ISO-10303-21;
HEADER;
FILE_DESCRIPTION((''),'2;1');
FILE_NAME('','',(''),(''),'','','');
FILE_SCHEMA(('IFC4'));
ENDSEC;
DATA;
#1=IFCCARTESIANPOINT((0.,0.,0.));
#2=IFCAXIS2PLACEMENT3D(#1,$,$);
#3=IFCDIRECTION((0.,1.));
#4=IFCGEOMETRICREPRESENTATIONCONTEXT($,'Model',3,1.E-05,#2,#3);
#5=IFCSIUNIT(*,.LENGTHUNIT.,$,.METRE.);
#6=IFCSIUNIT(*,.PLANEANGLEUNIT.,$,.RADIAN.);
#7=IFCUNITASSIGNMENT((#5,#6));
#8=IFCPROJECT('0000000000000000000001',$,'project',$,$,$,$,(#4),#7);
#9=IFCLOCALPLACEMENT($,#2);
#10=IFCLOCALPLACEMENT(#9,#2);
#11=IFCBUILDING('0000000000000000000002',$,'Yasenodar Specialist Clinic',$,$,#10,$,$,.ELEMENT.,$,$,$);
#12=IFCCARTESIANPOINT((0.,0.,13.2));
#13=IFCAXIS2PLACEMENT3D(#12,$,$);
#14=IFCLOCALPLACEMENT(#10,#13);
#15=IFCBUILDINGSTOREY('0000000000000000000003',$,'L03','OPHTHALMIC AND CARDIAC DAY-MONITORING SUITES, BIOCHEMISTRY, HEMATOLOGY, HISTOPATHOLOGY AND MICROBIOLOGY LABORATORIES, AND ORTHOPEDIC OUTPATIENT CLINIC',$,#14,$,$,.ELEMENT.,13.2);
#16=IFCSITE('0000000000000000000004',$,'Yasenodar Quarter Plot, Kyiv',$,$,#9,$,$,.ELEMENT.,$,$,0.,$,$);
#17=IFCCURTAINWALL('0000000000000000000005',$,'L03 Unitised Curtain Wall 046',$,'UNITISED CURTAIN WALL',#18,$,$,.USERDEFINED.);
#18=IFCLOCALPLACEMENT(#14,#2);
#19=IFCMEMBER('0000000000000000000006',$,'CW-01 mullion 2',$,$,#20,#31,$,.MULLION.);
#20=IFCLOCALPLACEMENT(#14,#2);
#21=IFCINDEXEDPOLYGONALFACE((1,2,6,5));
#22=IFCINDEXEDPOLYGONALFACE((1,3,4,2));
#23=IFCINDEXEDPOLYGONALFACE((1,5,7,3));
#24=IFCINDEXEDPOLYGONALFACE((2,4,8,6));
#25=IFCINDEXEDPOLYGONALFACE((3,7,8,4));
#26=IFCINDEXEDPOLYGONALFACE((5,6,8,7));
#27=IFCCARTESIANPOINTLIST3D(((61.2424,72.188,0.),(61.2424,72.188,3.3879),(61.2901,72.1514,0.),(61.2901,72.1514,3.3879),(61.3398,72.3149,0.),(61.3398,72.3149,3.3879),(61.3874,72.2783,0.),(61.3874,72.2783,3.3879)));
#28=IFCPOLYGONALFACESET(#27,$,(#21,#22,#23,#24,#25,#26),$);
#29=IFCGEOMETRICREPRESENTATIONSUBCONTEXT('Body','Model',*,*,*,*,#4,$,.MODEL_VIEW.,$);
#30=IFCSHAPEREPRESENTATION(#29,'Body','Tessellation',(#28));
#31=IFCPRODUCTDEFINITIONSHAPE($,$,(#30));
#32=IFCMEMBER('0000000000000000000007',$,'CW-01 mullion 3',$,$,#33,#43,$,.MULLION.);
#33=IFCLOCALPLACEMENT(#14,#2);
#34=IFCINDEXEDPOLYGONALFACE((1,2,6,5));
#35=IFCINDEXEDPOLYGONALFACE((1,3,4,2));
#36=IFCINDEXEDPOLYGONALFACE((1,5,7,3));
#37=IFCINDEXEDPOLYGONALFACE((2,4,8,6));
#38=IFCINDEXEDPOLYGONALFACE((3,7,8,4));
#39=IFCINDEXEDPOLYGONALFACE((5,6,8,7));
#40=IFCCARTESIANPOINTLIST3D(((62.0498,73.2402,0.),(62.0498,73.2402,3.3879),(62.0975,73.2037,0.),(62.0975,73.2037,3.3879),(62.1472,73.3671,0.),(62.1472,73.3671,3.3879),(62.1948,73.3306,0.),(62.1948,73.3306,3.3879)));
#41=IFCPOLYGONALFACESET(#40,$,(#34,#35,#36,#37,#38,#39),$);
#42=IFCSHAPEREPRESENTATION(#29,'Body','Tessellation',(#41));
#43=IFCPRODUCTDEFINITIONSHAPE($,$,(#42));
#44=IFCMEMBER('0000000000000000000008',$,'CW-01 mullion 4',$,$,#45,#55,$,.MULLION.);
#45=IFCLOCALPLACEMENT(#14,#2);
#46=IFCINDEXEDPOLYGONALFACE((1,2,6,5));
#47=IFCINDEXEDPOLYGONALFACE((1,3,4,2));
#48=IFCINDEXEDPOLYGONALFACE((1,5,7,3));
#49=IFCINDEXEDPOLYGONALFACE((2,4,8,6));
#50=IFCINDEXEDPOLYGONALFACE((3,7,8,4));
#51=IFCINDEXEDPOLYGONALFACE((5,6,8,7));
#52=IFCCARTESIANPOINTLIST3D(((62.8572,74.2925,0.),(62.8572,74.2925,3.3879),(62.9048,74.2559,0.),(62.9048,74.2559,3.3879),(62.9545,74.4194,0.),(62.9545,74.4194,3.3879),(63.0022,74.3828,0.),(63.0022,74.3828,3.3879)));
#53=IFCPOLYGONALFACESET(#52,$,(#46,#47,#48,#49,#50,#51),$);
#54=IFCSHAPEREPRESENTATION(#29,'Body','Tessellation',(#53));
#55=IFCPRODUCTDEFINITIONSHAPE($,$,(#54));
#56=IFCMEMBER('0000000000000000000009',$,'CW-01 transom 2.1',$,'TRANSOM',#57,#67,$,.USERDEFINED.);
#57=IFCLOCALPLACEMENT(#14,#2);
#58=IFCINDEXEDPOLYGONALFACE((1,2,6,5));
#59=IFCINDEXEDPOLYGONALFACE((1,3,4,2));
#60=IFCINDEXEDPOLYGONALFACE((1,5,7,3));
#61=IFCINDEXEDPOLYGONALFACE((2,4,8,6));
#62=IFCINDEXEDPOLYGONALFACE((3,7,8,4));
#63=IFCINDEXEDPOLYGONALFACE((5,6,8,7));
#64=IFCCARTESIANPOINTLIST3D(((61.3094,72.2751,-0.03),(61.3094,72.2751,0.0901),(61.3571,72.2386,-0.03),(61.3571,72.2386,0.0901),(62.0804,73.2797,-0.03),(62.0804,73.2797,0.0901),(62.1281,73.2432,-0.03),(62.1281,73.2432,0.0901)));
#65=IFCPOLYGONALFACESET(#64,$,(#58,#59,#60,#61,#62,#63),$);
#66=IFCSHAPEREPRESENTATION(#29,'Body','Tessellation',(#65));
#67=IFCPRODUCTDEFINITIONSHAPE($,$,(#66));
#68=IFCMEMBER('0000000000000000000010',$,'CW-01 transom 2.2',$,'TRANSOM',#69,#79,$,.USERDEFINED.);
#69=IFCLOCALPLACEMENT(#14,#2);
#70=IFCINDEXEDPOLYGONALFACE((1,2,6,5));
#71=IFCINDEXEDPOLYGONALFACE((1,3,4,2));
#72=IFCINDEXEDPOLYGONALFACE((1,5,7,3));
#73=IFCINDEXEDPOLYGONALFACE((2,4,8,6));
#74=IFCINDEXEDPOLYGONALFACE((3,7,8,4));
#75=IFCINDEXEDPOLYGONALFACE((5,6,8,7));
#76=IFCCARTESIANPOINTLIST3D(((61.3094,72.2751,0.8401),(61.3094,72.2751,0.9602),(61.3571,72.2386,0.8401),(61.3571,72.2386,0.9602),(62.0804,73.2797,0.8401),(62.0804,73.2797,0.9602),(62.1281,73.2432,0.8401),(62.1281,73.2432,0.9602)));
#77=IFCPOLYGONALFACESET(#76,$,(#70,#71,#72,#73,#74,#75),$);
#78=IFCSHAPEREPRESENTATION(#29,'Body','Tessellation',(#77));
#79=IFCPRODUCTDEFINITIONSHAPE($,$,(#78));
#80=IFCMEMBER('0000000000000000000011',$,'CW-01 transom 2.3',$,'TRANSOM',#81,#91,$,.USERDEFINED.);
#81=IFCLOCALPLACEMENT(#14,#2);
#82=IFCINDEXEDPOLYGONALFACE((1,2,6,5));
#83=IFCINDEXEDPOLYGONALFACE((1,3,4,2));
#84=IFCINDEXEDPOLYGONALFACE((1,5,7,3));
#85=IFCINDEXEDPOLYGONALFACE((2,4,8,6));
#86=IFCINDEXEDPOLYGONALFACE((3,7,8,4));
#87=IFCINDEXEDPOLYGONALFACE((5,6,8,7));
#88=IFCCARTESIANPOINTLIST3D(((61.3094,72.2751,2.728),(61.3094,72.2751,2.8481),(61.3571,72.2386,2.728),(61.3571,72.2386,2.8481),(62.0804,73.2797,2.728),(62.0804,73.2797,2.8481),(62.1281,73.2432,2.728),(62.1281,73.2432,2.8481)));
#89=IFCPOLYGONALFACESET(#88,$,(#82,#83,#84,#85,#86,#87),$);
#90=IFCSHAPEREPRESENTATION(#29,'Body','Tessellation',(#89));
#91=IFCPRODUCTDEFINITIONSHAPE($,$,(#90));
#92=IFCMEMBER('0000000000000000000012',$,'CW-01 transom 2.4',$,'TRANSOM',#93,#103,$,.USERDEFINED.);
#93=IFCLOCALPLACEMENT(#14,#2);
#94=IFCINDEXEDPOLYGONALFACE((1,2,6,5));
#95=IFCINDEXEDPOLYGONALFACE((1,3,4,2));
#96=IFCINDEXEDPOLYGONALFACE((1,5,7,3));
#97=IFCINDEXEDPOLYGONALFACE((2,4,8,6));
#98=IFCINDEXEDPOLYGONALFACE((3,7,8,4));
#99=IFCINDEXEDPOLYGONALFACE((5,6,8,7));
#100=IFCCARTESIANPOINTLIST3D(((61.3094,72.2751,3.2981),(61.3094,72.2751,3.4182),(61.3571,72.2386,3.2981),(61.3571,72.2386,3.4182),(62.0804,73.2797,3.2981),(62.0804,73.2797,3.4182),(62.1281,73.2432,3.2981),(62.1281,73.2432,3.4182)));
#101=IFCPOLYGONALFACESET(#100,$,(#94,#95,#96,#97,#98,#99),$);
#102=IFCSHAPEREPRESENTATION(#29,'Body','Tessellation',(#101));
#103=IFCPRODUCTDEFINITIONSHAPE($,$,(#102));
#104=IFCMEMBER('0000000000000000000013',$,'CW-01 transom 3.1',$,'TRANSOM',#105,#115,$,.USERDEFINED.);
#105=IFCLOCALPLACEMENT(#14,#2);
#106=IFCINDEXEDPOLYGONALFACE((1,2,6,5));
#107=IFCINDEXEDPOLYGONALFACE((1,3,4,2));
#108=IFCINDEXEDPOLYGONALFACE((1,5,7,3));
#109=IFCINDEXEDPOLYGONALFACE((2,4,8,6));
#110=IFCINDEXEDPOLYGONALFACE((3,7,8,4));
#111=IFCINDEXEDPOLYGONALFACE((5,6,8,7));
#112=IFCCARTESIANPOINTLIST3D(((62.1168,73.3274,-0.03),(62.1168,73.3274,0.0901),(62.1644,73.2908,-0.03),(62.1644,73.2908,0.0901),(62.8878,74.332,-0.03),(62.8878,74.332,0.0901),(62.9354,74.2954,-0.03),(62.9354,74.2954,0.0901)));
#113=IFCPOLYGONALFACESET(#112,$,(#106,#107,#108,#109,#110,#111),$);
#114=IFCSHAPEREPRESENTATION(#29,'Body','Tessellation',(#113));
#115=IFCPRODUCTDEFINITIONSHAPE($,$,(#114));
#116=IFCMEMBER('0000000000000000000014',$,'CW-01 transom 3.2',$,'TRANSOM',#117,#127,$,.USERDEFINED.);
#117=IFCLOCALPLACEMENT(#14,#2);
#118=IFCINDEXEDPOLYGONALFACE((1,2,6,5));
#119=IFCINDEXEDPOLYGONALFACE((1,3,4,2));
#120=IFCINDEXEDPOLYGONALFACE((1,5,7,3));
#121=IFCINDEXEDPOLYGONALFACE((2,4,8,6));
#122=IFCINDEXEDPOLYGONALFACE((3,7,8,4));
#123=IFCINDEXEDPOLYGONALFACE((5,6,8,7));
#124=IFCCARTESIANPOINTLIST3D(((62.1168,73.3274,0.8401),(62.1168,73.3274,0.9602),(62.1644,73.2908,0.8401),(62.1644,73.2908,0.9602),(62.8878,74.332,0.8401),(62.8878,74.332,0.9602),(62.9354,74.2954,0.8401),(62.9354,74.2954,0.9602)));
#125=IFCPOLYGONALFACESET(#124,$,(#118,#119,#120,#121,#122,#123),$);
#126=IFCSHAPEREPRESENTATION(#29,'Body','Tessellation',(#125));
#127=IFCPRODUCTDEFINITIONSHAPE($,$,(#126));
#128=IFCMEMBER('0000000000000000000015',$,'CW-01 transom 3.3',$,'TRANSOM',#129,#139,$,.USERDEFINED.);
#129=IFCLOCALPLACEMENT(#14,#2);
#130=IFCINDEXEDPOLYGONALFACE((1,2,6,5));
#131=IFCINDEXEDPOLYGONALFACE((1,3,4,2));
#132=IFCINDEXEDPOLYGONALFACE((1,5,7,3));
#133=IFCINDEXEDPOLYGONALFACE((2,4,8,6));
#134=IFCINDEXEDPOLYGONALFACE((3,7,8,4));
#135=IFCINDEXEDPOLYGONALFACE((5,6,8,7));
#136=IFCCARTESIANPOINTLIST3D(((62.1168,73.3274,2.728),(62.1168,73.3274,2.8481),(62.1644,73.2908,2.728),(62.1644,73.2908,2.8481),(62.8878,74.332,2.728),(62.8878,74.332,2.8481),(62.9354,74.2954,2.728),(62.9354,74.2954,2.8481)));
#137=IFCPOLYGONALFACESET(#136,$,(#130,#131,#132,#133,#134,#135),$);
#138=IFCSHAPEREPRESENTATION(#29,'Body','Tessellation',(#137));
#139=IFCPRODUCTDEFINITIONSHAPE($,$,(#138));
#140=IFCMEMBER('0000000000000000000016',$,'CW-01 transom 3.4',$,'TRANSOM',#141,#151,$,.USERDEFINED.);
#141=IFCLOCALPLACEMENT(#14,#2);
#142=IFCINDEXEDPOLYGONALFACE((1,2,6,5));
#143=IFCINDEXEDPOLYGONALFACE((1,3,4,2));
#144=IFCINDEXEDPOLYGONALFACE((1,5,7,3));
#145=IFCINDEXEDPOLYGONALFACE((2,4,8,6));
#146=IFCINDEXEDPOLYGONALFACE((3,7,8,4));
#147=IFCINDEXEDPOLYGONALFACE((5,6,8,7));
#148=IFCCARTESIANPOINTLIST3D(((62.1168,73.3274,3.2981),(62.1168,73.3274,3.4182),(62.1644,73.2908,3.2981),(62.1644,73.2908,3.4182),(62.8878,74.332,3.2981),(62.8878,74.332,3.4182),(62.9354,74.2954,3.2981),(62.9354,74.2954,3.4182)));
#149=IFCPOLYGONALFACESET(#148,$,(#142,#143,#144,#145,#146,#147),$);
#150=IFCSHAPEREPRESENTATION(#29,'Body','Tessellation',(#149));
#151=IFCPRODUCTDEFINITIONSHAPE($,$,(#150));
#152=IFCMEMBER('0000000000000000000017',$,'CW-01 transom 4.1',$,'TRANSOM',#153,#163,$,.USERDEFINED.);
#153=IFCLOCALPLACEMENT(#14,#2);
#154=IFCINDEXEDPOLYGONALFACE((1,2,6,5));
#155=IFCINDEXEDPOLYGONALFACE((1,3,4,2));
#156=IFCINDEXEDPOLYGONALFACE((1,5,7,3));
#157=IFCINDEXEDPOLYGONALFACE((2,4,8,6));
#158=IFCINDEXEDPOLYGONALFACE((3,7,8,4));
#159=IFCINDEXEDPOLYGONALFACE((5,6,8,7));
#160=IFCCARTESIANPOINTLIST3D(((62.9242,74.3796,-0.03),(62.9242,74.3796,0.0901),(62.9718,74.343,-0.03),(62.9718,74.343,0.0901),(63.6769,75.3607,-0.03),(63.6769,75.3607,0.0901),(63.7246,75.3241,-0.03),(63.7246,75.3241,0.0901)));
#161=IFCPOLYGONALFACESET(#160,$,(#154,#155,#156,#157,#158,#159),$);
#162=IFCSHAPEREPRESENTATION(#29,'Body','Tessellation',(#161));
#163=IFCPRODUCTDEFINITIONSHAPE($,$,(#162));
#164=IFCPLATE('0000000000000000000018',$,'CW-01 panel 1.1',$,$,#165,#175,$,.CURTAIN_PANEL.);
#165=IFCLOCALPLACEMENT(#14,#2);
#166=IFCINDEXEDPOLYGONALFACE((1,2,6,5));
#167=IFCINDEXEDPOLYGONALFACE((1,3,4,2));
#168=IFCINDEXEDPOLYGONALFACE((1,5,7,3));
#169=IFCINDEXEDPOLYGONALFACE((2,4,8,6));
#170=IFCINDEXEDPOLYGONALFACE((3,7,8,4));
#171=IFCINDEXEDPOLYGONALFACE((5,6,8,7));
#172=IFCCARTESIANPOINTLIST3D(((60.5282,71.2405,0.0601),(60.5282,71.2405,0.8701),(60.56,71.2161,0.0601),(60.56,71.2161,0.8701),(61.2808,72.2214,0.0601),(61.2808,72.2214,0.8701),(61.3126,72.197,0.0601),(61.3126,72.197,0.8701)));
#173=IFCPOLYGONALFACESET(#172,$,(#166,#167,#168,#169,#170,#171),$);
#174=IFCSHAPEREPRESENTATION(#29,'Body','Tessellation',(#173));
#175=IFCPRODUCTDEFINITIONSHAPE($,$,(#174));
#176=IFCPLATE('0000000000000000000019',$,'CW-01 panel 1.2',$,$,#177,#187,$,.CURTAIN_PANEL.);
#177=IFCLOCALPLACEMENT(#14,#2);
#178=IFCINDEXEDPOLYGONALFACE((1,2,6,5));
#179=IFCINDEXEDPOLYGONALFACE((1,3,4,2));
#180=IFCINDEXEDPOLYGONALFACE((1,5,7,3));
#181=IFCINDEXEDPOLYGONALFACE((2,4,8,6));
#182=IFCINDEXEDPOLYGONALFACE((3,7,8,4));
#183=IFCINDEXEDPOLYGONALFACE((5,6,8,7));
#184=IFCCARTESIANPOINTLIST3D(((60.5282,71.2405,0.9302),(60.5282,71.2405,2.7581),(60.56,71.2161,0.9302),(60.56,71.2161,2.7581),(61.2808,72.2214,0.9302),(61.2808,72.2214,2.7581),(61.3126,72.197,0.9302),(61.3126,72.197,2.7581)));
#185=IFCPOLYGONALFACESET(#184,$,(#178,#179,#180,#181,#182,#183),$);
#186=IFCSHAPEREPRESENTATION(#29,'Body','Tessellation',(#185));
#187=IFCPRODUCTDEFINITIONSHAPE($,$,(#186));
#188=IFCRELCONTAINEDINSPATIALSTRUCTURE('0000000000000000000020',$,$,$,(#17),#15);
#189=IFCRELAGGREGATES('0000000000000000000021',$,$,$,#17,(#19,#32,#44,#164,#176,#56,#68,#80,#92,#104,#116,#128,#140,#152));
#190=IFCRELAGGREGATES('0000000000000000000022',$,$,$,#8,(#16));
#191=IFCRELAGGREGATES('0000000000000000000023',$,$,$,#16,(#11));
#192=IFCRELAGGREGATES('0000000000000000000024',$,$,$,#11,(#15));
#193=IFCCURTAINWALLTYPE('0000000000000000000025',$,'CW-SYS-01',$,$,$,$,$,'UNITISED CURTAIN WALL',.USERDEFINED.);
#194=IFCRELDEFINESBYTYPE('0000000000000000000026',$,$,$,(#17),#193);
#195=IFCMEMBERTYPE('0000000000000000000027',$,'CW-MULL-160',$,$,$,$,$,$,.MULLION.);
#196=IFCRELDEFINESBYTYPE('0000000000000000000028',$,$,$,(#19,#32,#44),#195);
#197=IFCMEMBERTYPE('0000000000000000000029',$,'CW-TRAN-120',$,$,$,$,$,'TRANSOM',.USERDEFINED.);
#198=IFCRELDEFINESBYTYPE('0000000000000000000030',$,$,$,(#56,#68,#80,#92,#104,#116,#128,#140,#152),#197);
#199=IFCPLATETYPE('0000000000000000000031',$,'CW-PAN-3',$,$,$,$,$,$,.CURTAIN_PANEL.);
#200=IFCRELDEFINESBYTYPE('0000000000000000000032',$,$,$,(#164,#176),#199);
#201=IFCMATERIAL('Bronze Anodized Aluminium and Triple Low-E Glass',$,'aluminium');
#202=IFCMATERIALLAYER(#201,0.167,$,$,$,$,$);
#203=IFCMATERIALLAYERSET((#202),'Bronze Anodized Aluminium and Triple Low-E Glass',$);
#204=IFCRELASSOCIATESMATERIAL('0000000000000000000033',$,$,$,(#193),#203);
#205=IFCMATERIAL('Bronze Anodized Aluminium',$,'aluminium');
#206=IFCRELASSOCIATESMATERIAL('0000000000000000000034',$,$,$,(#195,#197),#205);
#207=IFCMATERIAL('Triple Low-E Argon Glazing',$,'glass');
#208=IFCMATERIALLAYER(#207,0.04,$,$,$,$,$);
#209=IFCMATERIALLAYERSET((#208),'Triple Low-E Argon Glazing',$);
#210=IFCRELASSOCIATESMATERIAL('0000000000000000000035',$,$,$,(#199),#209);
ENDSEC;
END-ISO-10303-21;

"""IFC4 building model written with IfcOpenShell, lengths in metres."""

from ifc_helpers import new_model, si_unit, direction, frame, origin, origin_2d, place, context, subcontext, project, spatial, rectangle, extrude, material, layer, layer_set, material_profile, profile_set, type_object, element, aggregate, save


model = new_model("IFC4")

# Units and contexts
model_context = context("Model", 3, precision=1e-05, world=origin(), true_north=direction((0.0, 1.0)))
body_context = subcontext(model_context, "Body", "Model", "MODEL_VIEW")
ifc_project = project(units=[si_unit("LENGTHUNIT", "METRE"), si_unit("PLANEANGLEUNIT", "RADIAN")], contexts=[model_context])

# Site, building, storey
site_placement = place(None, origin())
site = spatial("IfcSite", under=ifc_project, at=site_placement, Name="Yasenodar Quarter Plot, Kyiv", CompositionType="ELEMENT", RefElevation=0.0)
building_placement = place(site_placement, origin())
building = spatial("IfcBuilding", under=site, at=building_placement, Name="Yasenodar Specialist Clinic", CompositionType="ELEMENT")
storey_placement = place(building_placement, frame((0.0, 0.0, 13.2)))
storey = spatial("IfcBuildingStorey", under=building, at=storey_placement, Name="L03", Description="OPHTHALMIC AND CARDIAC DAY-MONITORING SUITES, BIOCHEMISTRY, HEMATOLOGY, HISTOPATHOLOGY AND MICROBIOLOGY LABORATORIES, AND ORTHOPEDIC OUTPATIENT CLINIC", CompositionType="ELEMENT", Elevation=13.2)

# Curtain wall, members, plates
ifc_material_1 = material(Name="Bronze Anodized Aluminium and Triple Low-E Glass", Category="aluminium")
ifc_layer_1 = layer(ifc_material_1, 0.167)
ifc_layer_set_1 = layer_set([ifc_layer_1], Name="Bronze Anodized Aluminium and Triple Low-E Glass")
curtain_wall_type = type_object("IfcCurtainWallType", Name="CW-SYS-01", ElementType="UNITISED CURTAIN WALL", PredefinedType="USERDEFINED", material=ifc_layer_set_1)
curtain_wall_placement = place(storey_placement, origin())
curtain_wall = element("IfcCurtainWall", 1, at=curtain_wall_placement, inside=storey, type_object=curtain_wall_type, Name="L03 Unitised Curtain Wall 046", ObjectType="UNITISED CURTAIN WALL", PredefinedType="USERDEFINED")
ifc_material_2 = material(Name="Bronze Anodized Aluminium", Category="aluminium")
ifc_material_profile_1 = material_profile(ifc_material_2, rectangle(XDim=0.0601, YDim=0.1599, at=origin_2d()), Name="CW-MULL 60x160")
ifc_profile_set_1 = profile_set([ifc_material_profile_1], Name="Bronze Anodized Aluminium")
member_type_1 = type_object("IfcMemberType", Name="CW-MULL-160", PredefinedType="MULLION", material=ifc_profile_set_1)
member_1_placement = place(storey_placement, frame((61.3149, 72.2332, 0.0), z_axis=(0.0, 0.0, 1.0), x_axis=(-0.793361, 0.608752, 0.0)))
member_1 = element("IfcMember", 2, at=member_1_placement, type_object=member_type_1, Name="CW-01 mullion 2", PredefinedType="MULLION", context=body_context, shape_type="SweptSolid", body=[
    extrude(rectangle(XDim=0.0601, YDim=0.1599, at=origin_2d()), origin(), (0.0, 0.0, 1.0), 3.3879),
])
member_2_placement = place(storey_placement, frame((62.1223, 73.2854, 0.0), z_axis=(0.0, 0.0, 1.0), x_axis=(-0.793361, 0.608752, 0.0)))
member_2 = element("IfcMember", 3, at=member_2_placement, type_object=member_type_1, Name="CW-01 mullion 3", PredefinedType="MULLION", context=body_context, shape_type="SweptSolid", body=[
    extrude(rectangle(XDim=0.0601, YDim=0.1599, at=origin_2d()), origin(), (0.0, 0.0, 1.0), 3.3879),
])
member_3_placement = place(storey_placement, frame((62.9297, 74.3376, 0.0), z_axis=(0.0, 0.0, 1.0), x_axis=(-0.793361, 0.608752, 0.0)))
member_3 = element("IfcMember", 4, at=member_3_placement, type_object=member_type_1, Name="CW-01 mullion 4", PredefinedType="MULLION", context=body_context, shape_type="SweptSolid", body=[
    extrude(rectangle(XDim=0.0601, YDim=0.1599, at=origin_2d()), origin(), (0.0, 0.0, 1.0), 3.3879),
])
ifc_material_profile_2 = material_profile(ifc_material_2, rectangle(XDim=0.0601, YDim=0.1201, at=origin_2d()), Name="CW-TRAN 60x120")
ifc_profile_set_2 = profile_set([ifc_material_profile_2], Name="Bronze Anodized Aluminium")
member_type_2 = type_object("IfcMemberType", Name="CW-TRAN-120", ElementType="TRANSOM", PredefinedType="USERDEFINED", material=ifc_profile_set_2)
member_4_placement = place(storey_placement, frame((61.3333, 72.2568, 0.03), z_axis=(0.608816, 0.793311, 0.0), x_axis=(-0.793311, 0.608816, 0.0)))
member_4 = element("IfcMember", 5, at=member_4_placement, type_object=member_type_2, Name="CW-01 transom 2.1", ObjectType="TRANSOM", PredefinedType="USERDEFINED", context=body_context, shape_type="SweptSolid", body=[
    extrude(rectangle(XDim=0.0601, YDim=0.1201, at=origin_2d()), origin(), (0.0, 0.0, 1.0), 1.2664),
])
member_5_placement = place(storey_placement, frame((61.3333, 72.2568, 0.9001), z_axis=(0.608816, 0.793311, 0.0), x_axis=(-0.793311, 0.608816, 0.0)))
member_5 = element("IfcMember", 6, at=member_5_placement, type_object=member_type_2, Name="CW-01 transom 2.2", ObjectType="TRANSOM", PredefinedType="USERDEFINED", context=body_context, shape_type="SweptSolid", body=[
    extrude(rectangle(XDim=0.0601, YDim=0.1201, at=origin_2d()), origin(), (0.0, 0.0, 1.0), 1.2664),
])
member_6_placement = place(storey_placement, frame((61.3333, 72.2568, 2.7881), z_axis=(0.608816, 0.793311, 0.0), x_axis=(-0.793311, 0.608816, 0.0)))
member_6 = element("IfcMember", 7, at=member_6_placement, type_object=member_type_2, Name="CW-01 transom 2.3", ObjectType="TRANSOM", PredefinedType="USERDEFINED", context=body_context, shape_type="SweptSolid", body=[
    extrude(rectangle(XDim=0.0601, YDim=0.1201, at=origin_2d()), origin(), (0.0, 0.0, 1.0), 1.2664),
])
member_7_placement = place(storey_placement, frame((61.3333, 72.2568, 3.3582), z_axis=(0.608816, 0.793311, 0.0), x_axis=(-0.793311, 0.608816, 0.0)))
member_7 = element("IfcMember", 8, at=member_7_placement, type_object=member_type_2, Name="CW-01 transom 2.4", ObjectType="TRANSOM", PredefinedType="USERDEFINED", context=body_context, shape_type="SweptSolid", body=[
    extrude(rectangle(XDim=0.0601, YDim=0.1201, at=origin_2d()), origin(), (0.0, 0.0, 1.0), 1.2664),
])
member_8_placement = place(storey_placement, frame((62.1406, 73.3091, 0.03), z_axis=(0.608816, 0.793311, 0.0), x_axis=(-0.793311, 0.608816, 0.0)))
member_8 = element("IfcMember", 9, at=member_8_placement, type_object=member_type_2, Name="CW-01 transom 3.1", ObjectType="TRANSOM", PredefinedType="USERDEFINED", context=body_context, shape_type="SweptSolid", body=[
    extrude(rectangle(XDim=0.0601, YDim=0.1201, at=origin_2d()), origin(), (0.0, 0.0, 1.0), 1.2664),
])
member_9_placement = place(storey_placement, frame((62.1406, 73.3091, 0.9001), z_axis=(0.608816, 0.793311, 0.0), x_axis=(-0.793311, 0.608816, 0.0)))
member_9 = element("IfcMember", 10, at=member_9_placement, type_object=member_type_2, Name="CW-01 transom 3.2", ObjectType="TRANSOM", PredefinedType="USERDEFINED", context=body_context, shape_type="SweptSolid", body=[
    extrude(rectangle(XDim=0.0601, YDim=0.1201, at=origin_2d()), origin(), (0.0, 0.0, 1.0), 1.2664),
])
member_10_placement = place(storey_placement, frame((62.1406, 73.3091, 2.7881), z_axis=(0.608816, 0.793311, 0.0), x_axis=(-0.793311, 0.608816, 0.0)))
member_10 = element("IfcMember", 11, at=member_10_placement, type_object=member_type_2, Name="CW-01 transom 3.3", ObjectType="TRANSOM", PredefinedType="USERDEFINED", context=body_context, shape_type="SweptSolid", body=[
    extrude(rectangle(XDim=0.0601, YDim=0.1201, at=origin_2d()), origin(), (0.0, 0.0, 1.0), 1.2664),
])
member_11_placement = place(storey_placement, frame((62.1406, 73.3091, 3.3582), z_axis=(0.608816, 0.793311, 0.0), x_axis=(-0.793311, 0.608816, 0.0)))
member_11 = element("IfcMember", 12, at=member_11_placement, type_object=member_type_2, Name="CW-01 transom 3.4", ObjectType="TRANSOM", PredefinedType="USERDEFINED", context=body_context, shape_type="SweptSolid", body=[
    extrude(rectangle(XDim=0.0601, YDim=0.1201, at=origin_2d()), origin(), (0.0, 0.0, 1.0), 1.2664),
])
member_12_placement = place(storey_placement, frame((62.948, 74.3613, 0.03), z_axis=(0.608747, 0.793365, 0.0), x_axis=(-0.793365, 0.608747, 0.0)))
member_12 = element("IfcMember", 13, at=member_12_placement, type_object=member_type_2, Name="CW-01 transom 4.1", ObjectType="TRANSOM", PredefinedType="USERDEFINED", context=body_context, shape_type="SweptSolid", body=[
    extrude(rectangle(XDim=0.0601, YDim=0.1201, at=origin_2d()), origin(), (0.0, 0.0, 1.0), 1.2366),
])
ifc_material_3 = material(Name="Triple Low-E Argon Glazing", Category="glass")
ifc_layer_2 = layer(ifc_material_3, 0.04)
ifc_layer_set_2 = layer_set([ifc_layer_2], Name="Triple Low-E Argon Glazing")
plate_type_1 = type_object("IfcPlateType", Name="CW-PAN-3", PredefinedType="CURTAIN_PANEL", material=ifc_layer_set_2)
plate_1_placement = place(storey_placement, frame((60.9204, 71.7188, 0.0601), z_axis=(0.0, 0.0, 1.0), x_axis=(0.608752, 0.793361, 0.0)))
plate_1 = element("IfcPlate", 14, at=plate_1_placement, type_object=plate_type_1, Name="CW-01 panel 1.1", PredefinedType="CURTAIN_PANEL", context=body_context, shape_type="SweptSolid", body=[
    extrude(rectangle(XDim=1.2363, YDim=0.04, at=origin_2d()), origin(), (0.0, 0.0, 1.0), 0.8101),
])
plate_2_placement = place(storey_placement, frame((60.9204, 71.7188, 0.9302), z_axis=(0.0, 0.0, 1.0), x_axis=(0.608752, 0.793361, 0.0)))
plate_2 = element("IfcPlate", 15, at=plate_2_placement, type_object=plate_type_1, Name="CW-01 panel 1.2", PredefinedType="CURTAIN_PANEL", context=body_context, shape_type="SweptSolid", body=[
    extrude(rectangle(XDim=1.2363, YDim=0.04, at=origin_2d()), origin(), (0.0, 0.0, 1.0), 1.8279),
])
aggregate(curtain_wall, [member_1, member_2, member_3, plate_1, plate_2, member_4, member_5, member_6, member_7, member_8, member_9, member_10, member_11, member_12])

save(model, "model.ifc")
